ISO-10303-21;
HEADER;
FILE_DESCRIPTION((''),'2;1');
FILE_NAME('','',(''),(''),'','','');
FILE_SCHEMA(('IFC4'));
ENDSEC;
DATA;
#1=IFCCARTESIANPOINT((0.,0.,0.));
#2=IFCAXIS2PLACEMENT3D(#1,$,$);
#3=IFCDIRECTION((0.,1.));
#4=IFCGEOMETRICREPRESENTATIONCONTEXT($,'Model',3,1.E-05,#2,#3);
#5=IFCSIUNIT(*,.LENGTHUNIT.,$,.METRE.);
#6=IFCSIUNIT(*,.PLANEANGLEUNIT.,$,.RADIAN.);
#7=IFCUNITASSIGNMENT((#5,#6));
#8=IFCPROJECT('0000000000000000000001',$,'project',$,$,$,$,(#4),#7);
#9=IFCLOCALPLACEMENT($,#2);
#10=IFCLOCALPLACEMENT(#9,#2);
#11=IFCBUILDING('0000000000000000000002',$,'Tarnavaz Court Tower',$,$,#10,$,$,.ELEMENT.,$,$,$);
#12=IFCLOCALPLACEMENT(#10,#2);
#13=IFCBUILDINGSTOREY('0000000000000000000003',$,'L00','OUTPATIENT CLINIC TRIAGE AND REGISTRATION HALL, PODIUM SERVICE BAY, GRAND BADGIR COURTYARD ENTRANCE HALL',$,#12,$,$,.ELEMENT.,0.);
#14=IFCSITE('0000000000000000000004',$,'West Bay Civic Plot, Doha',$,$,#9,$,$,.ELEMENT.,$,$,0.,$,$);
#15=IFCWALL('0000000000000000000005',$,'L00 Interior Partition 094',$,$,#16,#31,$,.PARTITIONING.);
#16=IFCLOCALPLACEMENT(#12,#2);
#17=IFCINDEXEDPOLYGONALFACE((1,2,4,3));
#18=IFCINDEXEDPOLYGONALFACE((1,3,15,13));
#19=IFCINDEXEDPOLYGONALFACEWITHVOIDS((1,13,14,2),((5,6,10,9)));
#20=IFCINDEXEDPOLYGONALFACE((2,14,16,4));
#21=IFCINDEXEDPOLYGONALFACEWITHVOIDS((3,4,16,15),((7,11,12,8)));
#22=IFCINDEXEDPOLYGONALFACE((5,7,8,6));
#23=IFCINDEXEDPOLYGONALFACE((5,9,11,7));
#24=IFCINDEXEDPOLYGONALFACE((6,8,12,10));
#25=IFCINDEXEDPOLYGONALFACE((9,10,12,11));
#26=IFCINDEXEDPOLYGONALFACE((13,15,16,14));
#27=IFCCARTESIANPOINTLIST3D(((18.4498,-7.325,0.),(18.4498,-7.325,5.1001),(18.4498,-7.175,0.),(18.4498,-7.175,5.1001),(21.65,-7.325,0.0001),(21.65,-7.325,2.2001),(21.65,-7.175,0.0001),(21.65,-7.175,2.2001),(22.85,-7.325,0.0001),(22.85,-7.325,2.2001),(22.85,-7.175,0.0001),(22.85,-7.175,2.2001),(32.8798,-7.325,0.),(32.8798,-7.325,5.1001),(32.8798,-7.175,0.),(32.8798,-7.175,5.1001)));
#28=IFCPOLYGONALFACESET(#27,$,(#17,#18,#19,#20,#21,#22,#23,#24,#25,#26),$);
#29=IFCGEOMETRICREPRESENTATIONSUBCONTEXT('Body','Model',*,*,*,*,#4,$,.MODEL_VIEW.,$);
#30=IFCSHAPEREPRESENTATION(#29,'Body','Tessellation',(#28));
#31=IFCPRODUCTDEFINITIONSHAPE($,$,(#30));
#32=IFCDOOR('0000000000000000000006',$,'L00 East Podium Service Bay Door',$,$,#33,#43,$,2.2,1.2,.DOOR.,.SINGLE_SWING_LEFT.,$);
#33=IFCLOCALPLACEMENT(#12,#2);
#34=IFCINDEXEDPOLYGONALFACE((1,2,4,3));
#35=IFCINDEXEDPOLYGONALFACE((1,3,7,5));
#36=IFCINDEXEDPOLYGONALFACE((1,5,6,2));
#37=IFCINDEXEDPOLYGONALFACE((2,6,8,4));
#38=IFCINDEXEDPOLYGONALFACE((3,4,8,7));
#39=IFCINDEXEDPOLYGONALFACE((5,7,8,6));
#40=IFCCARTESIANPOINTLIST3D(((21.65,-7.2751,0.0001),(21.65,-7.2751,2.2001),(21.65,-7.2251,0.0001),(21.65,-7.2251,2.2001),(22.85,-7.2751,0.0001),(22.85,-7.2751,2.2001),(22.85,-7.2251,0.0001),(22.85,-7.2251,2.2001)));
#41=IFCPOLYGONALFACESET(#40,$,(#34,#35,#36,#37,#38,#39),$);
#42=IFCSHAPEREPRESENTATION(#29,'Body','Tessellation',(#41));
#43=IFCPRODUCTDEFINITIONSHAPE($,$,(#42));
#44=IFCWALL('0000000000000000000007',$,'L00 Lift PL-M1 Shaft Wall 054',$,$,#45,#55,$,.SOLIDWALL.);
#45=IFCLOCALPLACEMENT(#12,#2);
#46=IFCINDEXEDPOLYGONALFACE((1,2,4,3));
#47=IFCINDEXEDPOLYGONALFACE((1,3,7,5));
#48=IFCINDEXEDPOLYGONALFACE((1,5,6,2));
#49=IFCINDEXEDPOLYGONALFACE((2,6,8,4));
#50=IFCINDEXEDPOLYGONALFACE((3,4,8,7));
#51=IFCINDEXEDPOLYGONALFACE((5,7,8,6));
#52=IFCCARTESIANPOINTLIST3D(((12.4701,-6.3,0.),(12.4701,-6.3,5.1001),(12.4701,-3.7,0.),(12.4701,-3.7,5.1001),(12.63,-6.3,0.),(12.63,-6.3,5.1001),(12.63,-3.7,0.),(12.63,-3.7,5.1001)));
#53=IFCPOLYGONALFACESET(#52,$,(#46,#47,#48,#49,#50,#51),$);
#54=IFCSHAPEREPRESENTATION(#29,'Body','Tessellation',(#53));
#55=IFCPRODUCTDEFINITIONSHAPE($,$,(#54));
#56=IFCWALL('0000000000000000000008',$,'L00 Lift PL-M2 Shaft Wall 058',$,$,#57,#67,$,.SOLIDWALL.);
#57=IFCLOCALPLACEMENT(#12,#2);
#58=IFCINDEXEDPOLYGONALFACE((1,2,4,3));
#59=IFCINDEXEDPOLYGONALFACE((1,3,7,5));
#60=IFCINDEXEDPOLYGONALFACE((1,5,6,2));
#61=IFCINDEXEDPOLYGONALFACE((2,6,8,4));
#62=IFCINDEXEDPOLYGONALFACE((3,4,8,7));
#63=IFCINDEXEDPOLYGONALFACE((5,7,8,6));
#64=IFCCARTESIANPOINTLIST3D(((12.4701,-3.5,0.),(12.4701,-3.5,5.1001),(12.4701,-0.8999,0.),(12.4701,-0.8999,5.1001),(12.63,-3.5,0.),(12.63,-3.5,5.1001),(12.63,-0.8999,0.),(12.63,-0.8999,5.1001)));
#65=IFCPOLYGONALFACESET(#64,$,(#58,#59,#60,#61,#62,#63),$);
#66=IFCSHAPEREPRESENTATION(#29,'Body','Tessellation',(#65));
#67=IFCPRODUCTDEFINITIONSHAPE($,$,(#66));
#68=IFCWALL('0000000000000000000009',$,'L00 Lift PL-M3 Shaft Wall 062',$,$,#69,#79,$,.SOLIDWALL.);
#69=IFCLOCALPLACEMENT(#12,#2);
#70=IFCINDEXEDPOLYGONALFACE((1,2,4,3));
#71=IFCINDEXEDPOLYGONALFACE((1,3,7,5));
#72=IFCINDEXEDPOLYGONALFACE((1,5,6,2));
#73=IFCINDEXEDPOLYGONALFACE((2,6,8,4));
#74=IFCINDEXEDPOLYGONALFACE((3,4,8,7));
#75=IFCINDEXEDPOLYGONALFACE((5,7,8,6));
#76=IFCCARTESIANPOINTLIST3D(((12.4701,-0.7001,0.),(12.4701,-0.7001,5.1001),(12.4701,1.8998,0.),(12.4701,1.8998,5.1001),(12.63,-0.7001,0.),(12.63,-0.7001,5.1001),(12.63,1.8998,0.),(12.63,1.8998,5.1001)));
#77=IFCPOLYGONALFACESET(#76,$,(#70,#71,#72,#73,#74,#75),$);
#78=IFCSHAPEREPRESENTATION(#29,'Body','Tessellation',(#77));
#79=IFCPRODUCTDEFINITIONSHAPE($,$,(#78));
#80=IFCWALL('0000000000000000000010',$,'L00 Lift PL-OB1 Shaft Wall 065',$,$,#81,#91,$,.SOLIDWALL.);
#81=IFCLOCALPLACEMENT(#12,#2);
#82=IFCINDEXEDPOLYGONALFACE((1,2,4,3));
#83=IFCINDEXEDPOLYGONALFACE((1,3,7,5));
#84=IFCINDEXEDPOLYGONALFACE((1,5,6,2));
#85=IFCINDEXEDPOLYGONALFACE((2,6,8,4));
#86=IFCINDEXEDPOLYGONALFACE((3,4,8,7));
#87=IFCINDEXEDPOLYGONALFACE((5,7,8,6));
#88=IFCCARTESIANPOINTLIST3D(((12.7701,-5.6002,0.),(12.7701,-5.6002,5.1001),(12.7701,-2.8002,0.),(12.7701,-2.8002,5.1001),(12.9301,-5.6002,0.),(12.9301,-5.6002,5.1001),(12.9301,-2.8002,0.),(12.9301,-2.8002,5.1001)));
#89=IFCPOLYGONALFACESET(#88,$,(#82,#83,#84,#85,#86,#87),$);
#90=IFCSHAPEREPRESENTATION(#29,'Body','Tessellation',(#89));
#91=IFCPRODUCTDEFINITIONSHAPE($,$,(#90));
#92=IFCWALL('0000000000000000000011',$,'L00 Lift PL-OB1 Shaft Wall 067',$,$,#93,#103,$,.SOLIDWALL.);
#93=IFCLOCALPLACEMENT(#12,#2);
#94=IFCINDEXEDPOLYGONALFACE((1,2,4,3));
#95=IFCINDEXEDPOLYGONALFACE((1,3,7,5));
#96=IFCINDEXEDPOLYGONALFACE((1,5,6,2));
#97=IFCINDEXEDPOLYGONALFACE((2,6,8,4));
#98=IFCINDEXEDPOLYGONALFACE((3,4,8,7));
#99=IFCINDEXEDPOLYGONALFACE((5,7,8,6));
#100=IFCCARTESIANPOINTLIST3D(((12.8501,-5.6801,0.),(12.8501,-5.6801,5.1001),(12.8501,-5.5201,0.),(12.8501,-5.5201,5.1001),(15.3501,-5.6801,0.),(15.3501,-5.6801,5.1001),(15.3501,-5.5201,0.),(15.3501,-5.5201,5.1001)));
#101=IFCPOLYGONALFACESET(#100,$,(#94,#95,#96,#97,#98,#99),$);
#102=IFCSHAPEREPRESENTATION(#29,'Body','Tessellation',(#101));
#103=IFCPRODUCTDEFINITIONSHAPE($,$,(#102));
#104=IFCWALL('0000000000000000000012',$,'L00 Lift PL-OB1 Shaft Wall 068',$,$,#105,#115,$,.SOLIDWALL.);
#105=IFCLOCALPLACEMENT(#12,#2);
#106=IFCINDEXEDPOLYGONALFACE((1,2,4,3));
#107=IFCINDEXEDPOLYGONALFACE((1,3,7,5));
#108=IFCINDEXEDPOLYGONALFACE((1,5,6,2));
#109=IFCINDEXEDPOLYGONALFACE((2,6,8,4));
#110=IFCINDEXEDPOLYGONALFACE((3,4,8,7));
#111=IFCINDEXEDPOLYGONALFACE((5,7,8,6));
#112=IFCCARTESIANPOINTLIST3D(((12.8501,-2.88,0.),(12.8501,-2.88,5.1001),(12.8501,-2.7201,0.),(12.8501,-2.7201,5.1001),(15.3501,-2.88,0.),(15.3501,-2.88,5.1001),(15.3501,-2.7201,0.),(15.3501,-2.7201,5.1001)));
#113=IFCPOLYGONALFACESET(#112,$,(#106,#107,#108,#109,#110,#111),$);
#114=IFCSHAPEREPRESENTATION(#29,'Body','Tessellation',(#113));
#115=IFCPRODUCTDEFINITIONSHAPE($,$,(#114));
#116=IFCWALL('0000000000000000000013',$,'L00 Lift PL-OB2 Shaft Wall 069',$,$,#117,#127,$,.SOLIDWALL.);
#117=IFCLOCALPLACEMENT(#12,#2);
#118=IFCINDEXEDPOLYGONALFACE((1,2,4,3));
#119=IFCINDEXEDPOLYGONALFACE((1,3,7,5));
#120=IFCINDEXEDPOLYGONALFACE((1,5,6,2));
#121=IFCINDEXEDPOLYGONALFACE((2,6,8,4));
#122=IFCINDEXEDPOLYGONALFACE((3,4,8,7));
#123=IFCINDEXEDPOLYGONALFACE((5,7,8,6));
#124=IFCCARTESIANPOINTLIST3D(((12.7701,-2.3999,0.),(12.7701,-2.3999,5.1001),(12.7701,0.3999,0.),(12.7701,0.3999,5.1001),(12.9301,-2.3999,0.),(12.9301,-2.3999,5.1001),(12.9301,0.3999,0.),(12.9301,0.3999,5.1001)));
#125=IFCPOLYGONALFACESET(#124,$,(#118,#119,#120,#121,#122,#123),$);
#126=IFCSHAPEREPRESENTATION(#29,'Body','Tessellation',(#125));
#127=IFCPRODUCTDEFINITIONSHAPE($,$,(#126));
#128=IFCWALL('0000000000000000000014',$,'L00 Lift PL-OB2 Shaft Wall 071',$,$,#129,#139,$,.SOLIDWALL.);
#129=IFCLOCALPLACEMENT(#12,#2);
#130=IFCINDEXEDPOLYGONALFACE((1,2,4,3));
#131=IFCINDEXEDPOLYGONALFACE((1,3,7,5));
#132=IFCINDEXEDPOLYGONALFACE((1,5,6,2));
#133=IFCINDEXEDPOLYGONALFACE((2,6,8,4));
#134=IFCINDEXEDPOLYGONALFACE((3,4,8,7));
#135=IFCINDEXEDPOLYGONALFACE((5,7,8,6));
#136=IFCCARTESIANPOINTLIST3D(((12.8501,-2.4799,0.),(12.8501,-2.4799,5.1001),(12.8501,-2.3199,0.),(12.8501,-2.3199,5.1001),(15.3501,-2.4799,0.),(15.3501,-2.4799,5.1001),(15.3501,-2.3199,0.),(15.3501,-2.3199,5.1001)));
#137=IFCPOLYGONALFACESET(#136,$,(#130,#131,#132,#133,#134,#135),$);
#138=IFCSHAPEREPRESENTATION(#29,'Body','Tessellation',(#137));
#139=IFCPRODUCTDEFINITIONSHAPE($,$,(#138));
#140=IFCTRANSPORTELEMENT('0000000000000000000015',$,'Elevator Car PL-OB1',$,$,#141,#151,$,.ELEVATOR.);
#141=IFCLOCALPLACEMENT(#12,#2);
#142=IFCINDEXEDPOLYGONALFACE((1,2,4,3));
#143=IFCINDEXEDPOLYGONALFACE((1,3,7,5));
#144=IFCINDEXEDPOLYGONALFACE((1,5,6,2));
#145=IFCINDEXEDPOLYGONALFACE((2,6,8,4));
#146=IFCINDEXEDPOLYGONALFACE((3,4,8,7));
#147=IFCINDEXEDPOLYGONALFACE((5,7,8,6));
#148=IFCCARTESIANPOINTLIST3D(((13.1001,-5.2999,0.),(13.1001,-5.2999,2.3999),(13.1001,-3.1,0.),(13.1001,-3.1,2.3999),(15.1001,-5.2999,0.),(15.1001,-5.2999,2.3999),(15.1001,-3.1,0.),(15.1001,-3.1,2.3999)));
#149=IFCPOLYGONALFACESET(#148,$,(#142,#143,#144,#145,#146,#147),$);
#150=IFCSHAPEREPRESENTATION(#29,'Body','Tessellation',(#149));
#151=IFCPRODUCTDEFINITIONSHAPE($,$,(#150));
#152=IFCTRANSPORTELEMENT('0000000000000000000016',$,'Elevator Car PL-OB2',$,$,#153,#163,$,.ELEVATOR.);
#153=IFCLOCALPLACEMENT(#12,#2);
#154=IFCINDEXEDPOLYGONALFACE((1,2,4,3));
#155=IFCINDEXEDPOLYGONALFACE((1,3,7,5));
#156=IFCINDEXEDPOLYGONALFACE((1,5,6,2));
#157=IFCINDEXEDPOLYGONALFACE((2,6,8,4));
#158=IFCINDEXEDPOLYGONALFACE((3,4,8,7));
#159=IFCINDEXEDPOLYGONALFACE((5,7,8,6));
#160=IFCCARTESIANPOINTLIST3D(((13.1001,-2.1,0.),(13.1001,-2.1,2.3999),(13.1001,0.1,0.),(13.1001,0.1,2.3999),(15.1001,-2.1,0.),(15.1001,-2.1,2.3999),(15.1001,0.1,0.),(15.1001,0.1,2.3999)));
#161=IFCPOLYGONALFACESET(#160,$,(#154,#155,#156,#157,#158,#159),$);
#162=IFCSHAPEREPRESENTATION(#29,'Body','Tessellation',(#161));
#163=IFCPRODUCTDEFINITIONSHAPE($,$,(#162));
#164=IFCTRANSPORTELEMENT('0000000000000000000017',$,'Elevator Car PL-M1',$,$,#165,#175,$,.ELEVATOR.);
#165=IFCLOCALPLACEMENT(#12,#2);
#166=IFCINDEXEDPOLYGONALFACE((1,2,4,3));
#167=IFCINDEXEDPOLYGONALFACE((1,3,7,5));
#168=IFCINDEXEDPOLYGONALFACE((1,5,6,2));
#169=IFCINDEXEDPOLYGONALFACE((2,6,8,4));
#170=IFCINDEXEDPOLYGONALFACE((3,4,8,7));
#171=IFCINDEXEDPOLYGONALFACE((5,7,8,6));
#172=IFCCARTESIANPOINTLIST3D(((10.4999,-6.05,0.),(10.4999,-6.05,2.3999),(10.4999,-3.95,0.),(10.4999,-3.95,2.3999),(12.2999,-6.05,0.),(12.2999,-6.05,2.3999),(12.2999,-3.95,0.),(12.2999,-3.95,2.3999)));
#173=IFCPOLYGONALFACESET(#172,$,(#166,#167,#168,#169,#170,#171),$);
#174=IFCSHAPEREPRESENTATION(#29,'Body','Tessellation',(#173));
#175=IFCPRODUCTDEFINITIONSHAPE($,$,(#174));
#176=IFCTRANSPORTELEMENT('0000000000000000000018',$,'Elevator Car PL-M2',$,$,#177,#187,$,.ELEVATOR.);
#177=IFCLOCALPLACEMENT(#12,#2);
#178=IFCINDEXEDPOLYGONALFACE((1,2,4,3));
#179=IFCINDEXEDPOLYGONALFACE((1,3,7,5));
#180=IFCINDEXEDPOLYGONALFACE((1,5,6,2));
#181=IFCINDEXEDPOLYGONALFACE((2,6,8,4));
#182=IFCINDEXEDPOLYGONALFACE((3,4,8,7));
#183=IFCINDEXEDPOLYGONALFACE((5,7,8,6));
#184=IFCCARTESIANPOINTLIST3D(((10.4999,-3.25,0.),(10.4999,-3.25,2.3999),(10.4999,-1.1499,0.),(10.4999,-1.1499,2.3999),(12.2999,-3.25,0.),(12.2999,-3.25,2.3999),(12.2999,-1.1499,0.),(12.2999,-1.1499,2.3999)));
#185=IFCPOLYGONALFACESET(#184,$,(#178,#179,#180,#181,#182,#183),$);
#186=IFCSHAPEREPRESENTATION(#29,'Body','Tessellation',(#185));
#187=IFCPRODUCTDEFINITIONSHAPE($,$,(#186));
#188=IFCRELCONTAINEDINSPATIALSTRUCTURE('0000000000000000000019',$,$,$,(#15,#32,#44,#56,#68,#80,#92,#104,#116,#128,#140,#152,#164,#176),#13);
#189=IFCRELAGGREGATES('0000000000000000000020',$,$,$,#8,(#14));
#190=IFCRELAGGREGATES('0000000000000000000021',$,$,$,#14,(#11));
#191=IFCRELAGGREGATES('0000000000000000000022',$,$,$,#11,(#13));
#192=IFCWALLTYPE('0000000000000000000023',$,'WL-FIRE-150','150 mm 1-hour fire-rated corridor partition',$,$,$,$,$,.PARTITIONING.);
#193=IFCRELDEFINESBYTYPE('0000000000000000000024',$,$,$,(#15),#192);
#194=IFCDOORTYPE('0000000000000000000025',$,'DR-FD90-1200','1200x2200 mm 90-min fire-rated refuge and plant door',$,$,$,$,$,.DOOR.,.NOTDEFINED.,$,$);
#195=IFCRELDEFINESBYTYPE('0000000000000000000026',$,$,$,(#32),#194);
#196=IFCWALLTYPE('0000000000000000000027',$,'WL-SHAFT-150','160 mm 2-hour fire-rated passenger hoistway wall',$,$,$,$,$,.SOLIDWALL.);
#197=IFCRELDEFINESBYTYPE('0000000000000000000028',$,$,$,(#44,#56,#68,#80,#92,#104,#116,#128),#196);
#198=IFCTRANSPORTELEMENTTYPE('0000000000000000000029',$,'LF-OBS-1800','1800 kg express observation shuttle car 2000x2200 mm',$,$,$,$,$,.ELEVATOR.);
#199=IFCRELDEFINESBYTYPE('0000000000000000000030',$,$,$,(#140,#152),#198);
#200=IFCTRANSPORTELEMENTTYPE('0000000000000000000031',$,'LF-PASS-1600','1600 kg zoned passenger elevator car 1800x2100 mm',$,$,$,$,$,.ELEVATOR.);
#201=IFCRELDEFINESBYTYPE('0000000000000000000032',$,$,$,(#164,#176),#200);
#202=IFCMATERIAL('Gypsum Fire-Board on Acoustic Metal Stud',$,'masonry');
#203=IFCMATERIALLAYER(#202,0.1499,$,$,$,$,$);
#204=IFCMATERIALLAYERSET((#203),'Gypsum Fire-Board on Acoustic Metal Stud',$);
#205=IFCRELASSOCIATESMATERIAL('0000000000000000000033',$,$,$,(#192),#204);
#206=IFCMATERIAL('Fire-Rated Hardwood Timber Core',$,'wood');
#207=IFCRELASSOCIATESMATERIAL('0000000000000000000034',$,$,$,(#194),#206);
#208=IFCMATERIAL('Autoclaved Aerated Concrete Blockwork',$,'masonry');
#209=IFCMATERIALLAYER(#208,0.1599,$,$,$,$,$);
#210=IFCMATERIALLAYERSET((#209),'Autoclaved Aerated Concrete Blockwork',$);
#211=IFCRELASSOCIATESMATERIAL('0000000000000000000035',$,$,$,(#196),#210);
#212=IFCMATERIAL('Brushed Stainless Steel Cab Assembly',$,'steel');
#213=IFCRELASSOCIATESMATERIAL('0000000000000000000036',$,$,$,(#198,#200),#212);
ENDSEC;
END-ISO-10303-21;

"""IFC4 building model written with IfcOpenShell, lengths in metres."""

from ifc_helpers import new_model, si_unit, direction, frame, frame_2d, origin, origin_2d, place, context, subcontext, project, spatial, rectangle, extrude, material, layer, layer_set, type_object, element, fill, save


model = new_model("IFC4")

# Units and contexts
model_context = context("Model", 3, precision=1e-05, world=origin(), true_north=direction((0.0, 1.0)))
body_context = subcontext(model_context, "Body", "Model", "MODEL_VIEW")
ifc_project = project(units=[si_unit("LENGTHUNIT", "METRE"), si_unit("PLANEANGLEUNIT", "RADIAN")], contexts=[model_context])

# Site, building, storey
site_placement = place(None, origin())
site = spatial("IfcSite", under=ifc_project, at=site_placement, Name="West Bay Civic Plot, Doha", CompositionType="ELEMENT", RefElevation=0.0)
building_placement = place(site_placement, origin())
building = spatial("IfcBuilding", under=site, at=building_placement, Name="Tarnavaz Court Tower", CompositionType="ELEMENT")
storey_placement = place(building_placement, origin())
storey = spatial("IfcBuildingStorey", under=building, at=storey_placement, Name="L00", Description="OUTPATIENT CLINIC TRIAGE AND REGISTRATION HALL, PODIUM SERVICE BAY, GRAND BADGIR COURTYARD ENTRANCE HALL", CompositionType="ELEMENT", Elevation=0.0)

# Wall, opening, door
ifc_material_1 = material(Name="Gypsum Fire-Board on Acoustic Metal Stud", Category="masonry")
ifc_layer_1 = layer(ifc_material_1, 0.1499)
ifc_layer_set_1 = layer_set([ifc_layer_1], Name="Gypsum Fire-Board on Acoustic Metal Stud")
wall_type_1 = type_object("IfcWallType", Name="WL-FIRE-150", Description="150 mm 1-hour fire-rated corridor partition", PredefinedType="PARTITIONING", material=ifc_layer_set_1)
wall_1_placement = place(storey_placement, frame((18.45, -7.25, 0.0), z_axis=(0.0, 0.0, 1.0), x_axis=(1.0, 0.0, 0.0)))
wall_1 = element("IfcWall", 1, at=wall_1_placement, inside=storey, type_object=wall_type_1, Name="L00 Interior Partition 094", PredefinedType="PARTITIONING", context=body_context, shape_type="SweptSolid", body=[
    extrude(rectangle(XDim=14.4299, YDim=0.1499, at=frame_2d((7.2148, 0.0))), origin(), (0.0, 0.0, 1.0), 5.1001),
])
opening_1_placement = place(wall_1_placement, frame((3.2, 0.0, 0.0)))
opening_1 = element("IfcOpeningElement", 2, at=opening_1_placement, cuts=wall_1, PredefinedType="OPENING", context=body_context, shape_type="SweptSolid", body=[
    extrude(rectangle(XDim=1.2, YDim=2.2, at=frame_2d((0.6001, 1.1001))), frame((0.0, 0.085, 0.0), z_axis=(0.0, -1.0, 0.0), x_axis=(1.0, 0.0, 0.0)), (0.0, 0.0, 1.0), 0.1699),
])
ifc_material_2 = material(Name="Fire-Rated Hardwood Timber Core", Category="wood")
door_type_1 = type_object("IfcDoorType", Name="DR-FD90-1200", Description="1200x2200 mm 90-min fire-rated refuge and plant door", OperationType="NOTDEFINED", PredefinedType="DOOR", material=ifc_material_2)
door_1_placement = place(opening_1_placement, origin())
door_1 = element("IfcDoor", 3, at=door_1_placement, inside=storey, type_object=door_type_1, Name="L00 East Podium Service Bay Door", OperationType="SINGLE_SWING_LEFT", OverallHeight=2.2, OverallWidth=1.2, PredefinedType="DOOR", context=body_context, shape_type="SweptSolid", body=[
    extrude(rectangle(XDim=1.2, YDim=2.2, at=frame_2d((0.6001, 1.1001))), frame((0.0, 0.0249, 0.0), z_axis=(0.0, -1.0, 0.0), x_axis=(1.0, 0.0, 0.0)), (0.0, 0.0, 1.0), 0.05),
])
fill(opening_1, door_1)

# Walls
ifc_material_3 = material(Name="Autoclaved Aerated Concrete Blockwork", Category="masonry")
ifc_layer_2 = layer(ifc_material_3, 0.1599)
ifc_layer_set_2 = layer_set([ifc_layer_2], Name="Autoclaved Aerated Concrete Blockwork")
wall_type_2 = type_object("IfcWallType", Name="WL-SHAFT-150", Description="160 mm 2-hour fire-rated passenger hoistway wall", PredefinedType="SOLIDWALL", material=ifc_layer_set_2)
for number, where, z_axis, x_axis, name in (
    (4, (12.55, -6.3, 0.0), (0.0, 0.0, 1.0), (0.0, 1.0, 0.0), "L00 Lift PL-M1 Shaft Wall 054"),
    (5, (12.55, -3.5, 0.0), (0.0, 0.0, 1.0), (0.0, 1.0, 0.0), "L00 Lift PL-M2 Shaft Wall 058"),
):
    element("IfcWall", number, at=place(storey_placement, frame(where, z_axis=z_axis, x_axis=x_axis)), inside=storey, type_object=wall_type_2, Name=name, PredefinedType="SOLIDWALL", context=body_context, shape_type="SweptSolid", body=[
        extrude(rectangle(XDim=2.6001, YDim=0.1599, at=frame_2d((1.3, 0.0))), origin(), (0.0, 0.0, 1.0), 5.1001),
    ])
wall_2_placement = place(storey_placement, frame((12.55, -0.7, 0.0), z_axis=(0.0, 0.0, 1.0), x_axis=(0.0, 1.0, 0.0)))
element("IfcWall", 6, at=wall_2_placement, inside=storey, type_object=wall_type_2, Name="L00 Lift PL-M3 Shaft Wall 062", PredefinedType="SOLIDWALL", context=body_context, shape_type="SweptSolid", body=[
    extrude(rectangle(XDim=2.5999, YDim=0.1599, at=frame_2d((1.2998, 0.0))), origin(), (0.0, 0.0, 1.0), 5.1001),
])
wall_3_placement = place(storey_placement, frame((12.8501, -5.6001, 0.0), z_axis=(0.0, 0.0, 1.0), x_axis=(0.0, 1.0, 0.0)))
element("IfcWall", 7, at=wall_3_placement, inside=storey, type_object=wall_type_2, Name="L00 Lift PL-OB1 Shaft Wall 065", PredefinedType="SOLIDWALL", context=body_context, shape_type="SweptSolid", body=[
    extrude(rectangle(XDim=2.8, YDim=0.1599, at=frame_2d((1.3999, 0.0))), origin(), (0.0, 0.0, 1.0), 5.1001),
])

# Walls
for number, where, z_axis, x_axis, name in (
    (8, (12.8501, -5.6001, 0.0), (0.0, 0.0, 1.0), (1.0, 0.0, 0.0), "L00 Lift PL-OB1 Shaft Wall 067"),
    (9, (12.8501, -2.8, 0.0), (0.0, 0.0, 1.0), (1.0, 0.0, 0.0), "L00 Lift PL-OB1 Shaft Wall 068"),
):
    element("IfcWall", number, at=place(storey_placement, frame(where, z_axis=z_axis, x_axis=x_axis)), inside=storey, type_object=wall_type_2, Name=name, PredefinedType="SOLIDWALL", context=body_context, shape_type="SweptSolid", body=[
        extrude(rectangle(XDim=2.5, YDim=0.1599, at=frame_2d((1.25, 0.0))), origin(), (0.0, 0.0, 1.0), 5.1001),
    ])
wall_4_placement = place(storey_placement, frame((12.8501, -2.3999, 0.0), z_axis=(0.0, 0.0, 1.0), x_axis=(0.0, 1.0, 0.0)))
element("IfcWall", 10, at=wall_4_placement, inside=storey, type_object=wall_type_2, Name="L00 Lift PL-OB2 Shaft Wall 069", PredefinedType="SOLIDWALL", context=body_context, shape_type="SweptSolid", body=[
    extrude(rectangle(XDim=2.7998, YDim=0.1599, at=frame_2d((1.3999, 0.0))), origin(), (0.0, 0.0, 1.0), 5.1001),
])

# Wall
wall_5_placement = place(storey_placement, frame((12.8501, -2.3999, 0.0), z_axis=(0.0, 0.0, 1.0), x_axis=(1.0, 0.0, 0.0)))
element("IfcWall", 11, at=wall_5_placement, inside=storey, type_object=wall_type_2, Name="L00 Lift PL-OB2 Shaft Wall 071", PredefinedType="SOLIDWALL", context=body_context, shape_type="SweptSolid", body=[
    extrude(rectangle(XDim=2.5, YDim=0.1599, at=frame_2d((1.25, 0.0))), origin(), (0.0, 0.0, 1.0), 5.1001),
])

# Transport elements
ifc_material_4 = material(Name="Brushed Stainless Steel Cab Assembly", Category="steel")
transport_element_type_1 = type_object("IfcTransportElementType", Name="LF-OBS-1800", Description="1800 kg express observation shuttle car 2000x2200 mm", PredefinedType="ELEVATOR", material=ifc_material_4)
for number, where, z_axis, x_axis, name in (
    (12, (14.1001, -4.2, 0.0), (0.0, 0.0, 1.0), (1.0, 0.0, 0.0), "Elevator Car PL-OB1"),
    (13, (14.1001, -1.0, 0.0), (0.0, 0.0, 1.0), (1.0, 0.0, 0.0), "Elevator Car PL-OB2"),
):
    element("IfcTransportElement", number, at=place(storey_placement, frame(where, z_axis=z_axis, x_axis=x_axis)), inside=storey, type_object=transport_element_type_1, Name=name, PredefinedType="ELEVATOR", context=body_context, shape_type="SweptSolid", body=[
        extrude(rectangle(XDim=2.0, YDim=2.2, at=origin_2d()), origin(), (0.0, 0.0, 1.0), 2.3999),
    ])
transport_element_type_2 = type_object("IfcTransportElementType", Name="LF-PASS-1600", Description="1600 kg zoned passenger elevator car 1800x2100 mm", PredefinedType="ELEVATOR", material=ifc_material_4)
for number, where, z_axis, x_axis, name in (
    (14, (11.3999, -5.0, 0.0), (0.0, 0.0, 1.0), (1.0, 0.0, 0.0), "Elevator Car PL-M1"),
    (15, (11.3999, -2.2, 0.0), (0.0, 0.0, 1.0), (1.0, 0.0, 0.0), "Elevator Car PL-M2"),
):
    element("IfcTransportElement", number, at=place(storey_placement, frame(where, z_axis=z_axis, x_axis=x_axis)), inside=storey, type_object=transport_element_type_2, Name=name, PredefinedType="ELEVATOR", context=body_context, shape_type="SweptSolid", body=[
        extrude(rectangle(XDim=1.8, YDim=2.1001, at=origin_2d()), origin(), (0.0, 0.0, 1.0), 2.3999),
    ])

save(model, "model.ifc")
